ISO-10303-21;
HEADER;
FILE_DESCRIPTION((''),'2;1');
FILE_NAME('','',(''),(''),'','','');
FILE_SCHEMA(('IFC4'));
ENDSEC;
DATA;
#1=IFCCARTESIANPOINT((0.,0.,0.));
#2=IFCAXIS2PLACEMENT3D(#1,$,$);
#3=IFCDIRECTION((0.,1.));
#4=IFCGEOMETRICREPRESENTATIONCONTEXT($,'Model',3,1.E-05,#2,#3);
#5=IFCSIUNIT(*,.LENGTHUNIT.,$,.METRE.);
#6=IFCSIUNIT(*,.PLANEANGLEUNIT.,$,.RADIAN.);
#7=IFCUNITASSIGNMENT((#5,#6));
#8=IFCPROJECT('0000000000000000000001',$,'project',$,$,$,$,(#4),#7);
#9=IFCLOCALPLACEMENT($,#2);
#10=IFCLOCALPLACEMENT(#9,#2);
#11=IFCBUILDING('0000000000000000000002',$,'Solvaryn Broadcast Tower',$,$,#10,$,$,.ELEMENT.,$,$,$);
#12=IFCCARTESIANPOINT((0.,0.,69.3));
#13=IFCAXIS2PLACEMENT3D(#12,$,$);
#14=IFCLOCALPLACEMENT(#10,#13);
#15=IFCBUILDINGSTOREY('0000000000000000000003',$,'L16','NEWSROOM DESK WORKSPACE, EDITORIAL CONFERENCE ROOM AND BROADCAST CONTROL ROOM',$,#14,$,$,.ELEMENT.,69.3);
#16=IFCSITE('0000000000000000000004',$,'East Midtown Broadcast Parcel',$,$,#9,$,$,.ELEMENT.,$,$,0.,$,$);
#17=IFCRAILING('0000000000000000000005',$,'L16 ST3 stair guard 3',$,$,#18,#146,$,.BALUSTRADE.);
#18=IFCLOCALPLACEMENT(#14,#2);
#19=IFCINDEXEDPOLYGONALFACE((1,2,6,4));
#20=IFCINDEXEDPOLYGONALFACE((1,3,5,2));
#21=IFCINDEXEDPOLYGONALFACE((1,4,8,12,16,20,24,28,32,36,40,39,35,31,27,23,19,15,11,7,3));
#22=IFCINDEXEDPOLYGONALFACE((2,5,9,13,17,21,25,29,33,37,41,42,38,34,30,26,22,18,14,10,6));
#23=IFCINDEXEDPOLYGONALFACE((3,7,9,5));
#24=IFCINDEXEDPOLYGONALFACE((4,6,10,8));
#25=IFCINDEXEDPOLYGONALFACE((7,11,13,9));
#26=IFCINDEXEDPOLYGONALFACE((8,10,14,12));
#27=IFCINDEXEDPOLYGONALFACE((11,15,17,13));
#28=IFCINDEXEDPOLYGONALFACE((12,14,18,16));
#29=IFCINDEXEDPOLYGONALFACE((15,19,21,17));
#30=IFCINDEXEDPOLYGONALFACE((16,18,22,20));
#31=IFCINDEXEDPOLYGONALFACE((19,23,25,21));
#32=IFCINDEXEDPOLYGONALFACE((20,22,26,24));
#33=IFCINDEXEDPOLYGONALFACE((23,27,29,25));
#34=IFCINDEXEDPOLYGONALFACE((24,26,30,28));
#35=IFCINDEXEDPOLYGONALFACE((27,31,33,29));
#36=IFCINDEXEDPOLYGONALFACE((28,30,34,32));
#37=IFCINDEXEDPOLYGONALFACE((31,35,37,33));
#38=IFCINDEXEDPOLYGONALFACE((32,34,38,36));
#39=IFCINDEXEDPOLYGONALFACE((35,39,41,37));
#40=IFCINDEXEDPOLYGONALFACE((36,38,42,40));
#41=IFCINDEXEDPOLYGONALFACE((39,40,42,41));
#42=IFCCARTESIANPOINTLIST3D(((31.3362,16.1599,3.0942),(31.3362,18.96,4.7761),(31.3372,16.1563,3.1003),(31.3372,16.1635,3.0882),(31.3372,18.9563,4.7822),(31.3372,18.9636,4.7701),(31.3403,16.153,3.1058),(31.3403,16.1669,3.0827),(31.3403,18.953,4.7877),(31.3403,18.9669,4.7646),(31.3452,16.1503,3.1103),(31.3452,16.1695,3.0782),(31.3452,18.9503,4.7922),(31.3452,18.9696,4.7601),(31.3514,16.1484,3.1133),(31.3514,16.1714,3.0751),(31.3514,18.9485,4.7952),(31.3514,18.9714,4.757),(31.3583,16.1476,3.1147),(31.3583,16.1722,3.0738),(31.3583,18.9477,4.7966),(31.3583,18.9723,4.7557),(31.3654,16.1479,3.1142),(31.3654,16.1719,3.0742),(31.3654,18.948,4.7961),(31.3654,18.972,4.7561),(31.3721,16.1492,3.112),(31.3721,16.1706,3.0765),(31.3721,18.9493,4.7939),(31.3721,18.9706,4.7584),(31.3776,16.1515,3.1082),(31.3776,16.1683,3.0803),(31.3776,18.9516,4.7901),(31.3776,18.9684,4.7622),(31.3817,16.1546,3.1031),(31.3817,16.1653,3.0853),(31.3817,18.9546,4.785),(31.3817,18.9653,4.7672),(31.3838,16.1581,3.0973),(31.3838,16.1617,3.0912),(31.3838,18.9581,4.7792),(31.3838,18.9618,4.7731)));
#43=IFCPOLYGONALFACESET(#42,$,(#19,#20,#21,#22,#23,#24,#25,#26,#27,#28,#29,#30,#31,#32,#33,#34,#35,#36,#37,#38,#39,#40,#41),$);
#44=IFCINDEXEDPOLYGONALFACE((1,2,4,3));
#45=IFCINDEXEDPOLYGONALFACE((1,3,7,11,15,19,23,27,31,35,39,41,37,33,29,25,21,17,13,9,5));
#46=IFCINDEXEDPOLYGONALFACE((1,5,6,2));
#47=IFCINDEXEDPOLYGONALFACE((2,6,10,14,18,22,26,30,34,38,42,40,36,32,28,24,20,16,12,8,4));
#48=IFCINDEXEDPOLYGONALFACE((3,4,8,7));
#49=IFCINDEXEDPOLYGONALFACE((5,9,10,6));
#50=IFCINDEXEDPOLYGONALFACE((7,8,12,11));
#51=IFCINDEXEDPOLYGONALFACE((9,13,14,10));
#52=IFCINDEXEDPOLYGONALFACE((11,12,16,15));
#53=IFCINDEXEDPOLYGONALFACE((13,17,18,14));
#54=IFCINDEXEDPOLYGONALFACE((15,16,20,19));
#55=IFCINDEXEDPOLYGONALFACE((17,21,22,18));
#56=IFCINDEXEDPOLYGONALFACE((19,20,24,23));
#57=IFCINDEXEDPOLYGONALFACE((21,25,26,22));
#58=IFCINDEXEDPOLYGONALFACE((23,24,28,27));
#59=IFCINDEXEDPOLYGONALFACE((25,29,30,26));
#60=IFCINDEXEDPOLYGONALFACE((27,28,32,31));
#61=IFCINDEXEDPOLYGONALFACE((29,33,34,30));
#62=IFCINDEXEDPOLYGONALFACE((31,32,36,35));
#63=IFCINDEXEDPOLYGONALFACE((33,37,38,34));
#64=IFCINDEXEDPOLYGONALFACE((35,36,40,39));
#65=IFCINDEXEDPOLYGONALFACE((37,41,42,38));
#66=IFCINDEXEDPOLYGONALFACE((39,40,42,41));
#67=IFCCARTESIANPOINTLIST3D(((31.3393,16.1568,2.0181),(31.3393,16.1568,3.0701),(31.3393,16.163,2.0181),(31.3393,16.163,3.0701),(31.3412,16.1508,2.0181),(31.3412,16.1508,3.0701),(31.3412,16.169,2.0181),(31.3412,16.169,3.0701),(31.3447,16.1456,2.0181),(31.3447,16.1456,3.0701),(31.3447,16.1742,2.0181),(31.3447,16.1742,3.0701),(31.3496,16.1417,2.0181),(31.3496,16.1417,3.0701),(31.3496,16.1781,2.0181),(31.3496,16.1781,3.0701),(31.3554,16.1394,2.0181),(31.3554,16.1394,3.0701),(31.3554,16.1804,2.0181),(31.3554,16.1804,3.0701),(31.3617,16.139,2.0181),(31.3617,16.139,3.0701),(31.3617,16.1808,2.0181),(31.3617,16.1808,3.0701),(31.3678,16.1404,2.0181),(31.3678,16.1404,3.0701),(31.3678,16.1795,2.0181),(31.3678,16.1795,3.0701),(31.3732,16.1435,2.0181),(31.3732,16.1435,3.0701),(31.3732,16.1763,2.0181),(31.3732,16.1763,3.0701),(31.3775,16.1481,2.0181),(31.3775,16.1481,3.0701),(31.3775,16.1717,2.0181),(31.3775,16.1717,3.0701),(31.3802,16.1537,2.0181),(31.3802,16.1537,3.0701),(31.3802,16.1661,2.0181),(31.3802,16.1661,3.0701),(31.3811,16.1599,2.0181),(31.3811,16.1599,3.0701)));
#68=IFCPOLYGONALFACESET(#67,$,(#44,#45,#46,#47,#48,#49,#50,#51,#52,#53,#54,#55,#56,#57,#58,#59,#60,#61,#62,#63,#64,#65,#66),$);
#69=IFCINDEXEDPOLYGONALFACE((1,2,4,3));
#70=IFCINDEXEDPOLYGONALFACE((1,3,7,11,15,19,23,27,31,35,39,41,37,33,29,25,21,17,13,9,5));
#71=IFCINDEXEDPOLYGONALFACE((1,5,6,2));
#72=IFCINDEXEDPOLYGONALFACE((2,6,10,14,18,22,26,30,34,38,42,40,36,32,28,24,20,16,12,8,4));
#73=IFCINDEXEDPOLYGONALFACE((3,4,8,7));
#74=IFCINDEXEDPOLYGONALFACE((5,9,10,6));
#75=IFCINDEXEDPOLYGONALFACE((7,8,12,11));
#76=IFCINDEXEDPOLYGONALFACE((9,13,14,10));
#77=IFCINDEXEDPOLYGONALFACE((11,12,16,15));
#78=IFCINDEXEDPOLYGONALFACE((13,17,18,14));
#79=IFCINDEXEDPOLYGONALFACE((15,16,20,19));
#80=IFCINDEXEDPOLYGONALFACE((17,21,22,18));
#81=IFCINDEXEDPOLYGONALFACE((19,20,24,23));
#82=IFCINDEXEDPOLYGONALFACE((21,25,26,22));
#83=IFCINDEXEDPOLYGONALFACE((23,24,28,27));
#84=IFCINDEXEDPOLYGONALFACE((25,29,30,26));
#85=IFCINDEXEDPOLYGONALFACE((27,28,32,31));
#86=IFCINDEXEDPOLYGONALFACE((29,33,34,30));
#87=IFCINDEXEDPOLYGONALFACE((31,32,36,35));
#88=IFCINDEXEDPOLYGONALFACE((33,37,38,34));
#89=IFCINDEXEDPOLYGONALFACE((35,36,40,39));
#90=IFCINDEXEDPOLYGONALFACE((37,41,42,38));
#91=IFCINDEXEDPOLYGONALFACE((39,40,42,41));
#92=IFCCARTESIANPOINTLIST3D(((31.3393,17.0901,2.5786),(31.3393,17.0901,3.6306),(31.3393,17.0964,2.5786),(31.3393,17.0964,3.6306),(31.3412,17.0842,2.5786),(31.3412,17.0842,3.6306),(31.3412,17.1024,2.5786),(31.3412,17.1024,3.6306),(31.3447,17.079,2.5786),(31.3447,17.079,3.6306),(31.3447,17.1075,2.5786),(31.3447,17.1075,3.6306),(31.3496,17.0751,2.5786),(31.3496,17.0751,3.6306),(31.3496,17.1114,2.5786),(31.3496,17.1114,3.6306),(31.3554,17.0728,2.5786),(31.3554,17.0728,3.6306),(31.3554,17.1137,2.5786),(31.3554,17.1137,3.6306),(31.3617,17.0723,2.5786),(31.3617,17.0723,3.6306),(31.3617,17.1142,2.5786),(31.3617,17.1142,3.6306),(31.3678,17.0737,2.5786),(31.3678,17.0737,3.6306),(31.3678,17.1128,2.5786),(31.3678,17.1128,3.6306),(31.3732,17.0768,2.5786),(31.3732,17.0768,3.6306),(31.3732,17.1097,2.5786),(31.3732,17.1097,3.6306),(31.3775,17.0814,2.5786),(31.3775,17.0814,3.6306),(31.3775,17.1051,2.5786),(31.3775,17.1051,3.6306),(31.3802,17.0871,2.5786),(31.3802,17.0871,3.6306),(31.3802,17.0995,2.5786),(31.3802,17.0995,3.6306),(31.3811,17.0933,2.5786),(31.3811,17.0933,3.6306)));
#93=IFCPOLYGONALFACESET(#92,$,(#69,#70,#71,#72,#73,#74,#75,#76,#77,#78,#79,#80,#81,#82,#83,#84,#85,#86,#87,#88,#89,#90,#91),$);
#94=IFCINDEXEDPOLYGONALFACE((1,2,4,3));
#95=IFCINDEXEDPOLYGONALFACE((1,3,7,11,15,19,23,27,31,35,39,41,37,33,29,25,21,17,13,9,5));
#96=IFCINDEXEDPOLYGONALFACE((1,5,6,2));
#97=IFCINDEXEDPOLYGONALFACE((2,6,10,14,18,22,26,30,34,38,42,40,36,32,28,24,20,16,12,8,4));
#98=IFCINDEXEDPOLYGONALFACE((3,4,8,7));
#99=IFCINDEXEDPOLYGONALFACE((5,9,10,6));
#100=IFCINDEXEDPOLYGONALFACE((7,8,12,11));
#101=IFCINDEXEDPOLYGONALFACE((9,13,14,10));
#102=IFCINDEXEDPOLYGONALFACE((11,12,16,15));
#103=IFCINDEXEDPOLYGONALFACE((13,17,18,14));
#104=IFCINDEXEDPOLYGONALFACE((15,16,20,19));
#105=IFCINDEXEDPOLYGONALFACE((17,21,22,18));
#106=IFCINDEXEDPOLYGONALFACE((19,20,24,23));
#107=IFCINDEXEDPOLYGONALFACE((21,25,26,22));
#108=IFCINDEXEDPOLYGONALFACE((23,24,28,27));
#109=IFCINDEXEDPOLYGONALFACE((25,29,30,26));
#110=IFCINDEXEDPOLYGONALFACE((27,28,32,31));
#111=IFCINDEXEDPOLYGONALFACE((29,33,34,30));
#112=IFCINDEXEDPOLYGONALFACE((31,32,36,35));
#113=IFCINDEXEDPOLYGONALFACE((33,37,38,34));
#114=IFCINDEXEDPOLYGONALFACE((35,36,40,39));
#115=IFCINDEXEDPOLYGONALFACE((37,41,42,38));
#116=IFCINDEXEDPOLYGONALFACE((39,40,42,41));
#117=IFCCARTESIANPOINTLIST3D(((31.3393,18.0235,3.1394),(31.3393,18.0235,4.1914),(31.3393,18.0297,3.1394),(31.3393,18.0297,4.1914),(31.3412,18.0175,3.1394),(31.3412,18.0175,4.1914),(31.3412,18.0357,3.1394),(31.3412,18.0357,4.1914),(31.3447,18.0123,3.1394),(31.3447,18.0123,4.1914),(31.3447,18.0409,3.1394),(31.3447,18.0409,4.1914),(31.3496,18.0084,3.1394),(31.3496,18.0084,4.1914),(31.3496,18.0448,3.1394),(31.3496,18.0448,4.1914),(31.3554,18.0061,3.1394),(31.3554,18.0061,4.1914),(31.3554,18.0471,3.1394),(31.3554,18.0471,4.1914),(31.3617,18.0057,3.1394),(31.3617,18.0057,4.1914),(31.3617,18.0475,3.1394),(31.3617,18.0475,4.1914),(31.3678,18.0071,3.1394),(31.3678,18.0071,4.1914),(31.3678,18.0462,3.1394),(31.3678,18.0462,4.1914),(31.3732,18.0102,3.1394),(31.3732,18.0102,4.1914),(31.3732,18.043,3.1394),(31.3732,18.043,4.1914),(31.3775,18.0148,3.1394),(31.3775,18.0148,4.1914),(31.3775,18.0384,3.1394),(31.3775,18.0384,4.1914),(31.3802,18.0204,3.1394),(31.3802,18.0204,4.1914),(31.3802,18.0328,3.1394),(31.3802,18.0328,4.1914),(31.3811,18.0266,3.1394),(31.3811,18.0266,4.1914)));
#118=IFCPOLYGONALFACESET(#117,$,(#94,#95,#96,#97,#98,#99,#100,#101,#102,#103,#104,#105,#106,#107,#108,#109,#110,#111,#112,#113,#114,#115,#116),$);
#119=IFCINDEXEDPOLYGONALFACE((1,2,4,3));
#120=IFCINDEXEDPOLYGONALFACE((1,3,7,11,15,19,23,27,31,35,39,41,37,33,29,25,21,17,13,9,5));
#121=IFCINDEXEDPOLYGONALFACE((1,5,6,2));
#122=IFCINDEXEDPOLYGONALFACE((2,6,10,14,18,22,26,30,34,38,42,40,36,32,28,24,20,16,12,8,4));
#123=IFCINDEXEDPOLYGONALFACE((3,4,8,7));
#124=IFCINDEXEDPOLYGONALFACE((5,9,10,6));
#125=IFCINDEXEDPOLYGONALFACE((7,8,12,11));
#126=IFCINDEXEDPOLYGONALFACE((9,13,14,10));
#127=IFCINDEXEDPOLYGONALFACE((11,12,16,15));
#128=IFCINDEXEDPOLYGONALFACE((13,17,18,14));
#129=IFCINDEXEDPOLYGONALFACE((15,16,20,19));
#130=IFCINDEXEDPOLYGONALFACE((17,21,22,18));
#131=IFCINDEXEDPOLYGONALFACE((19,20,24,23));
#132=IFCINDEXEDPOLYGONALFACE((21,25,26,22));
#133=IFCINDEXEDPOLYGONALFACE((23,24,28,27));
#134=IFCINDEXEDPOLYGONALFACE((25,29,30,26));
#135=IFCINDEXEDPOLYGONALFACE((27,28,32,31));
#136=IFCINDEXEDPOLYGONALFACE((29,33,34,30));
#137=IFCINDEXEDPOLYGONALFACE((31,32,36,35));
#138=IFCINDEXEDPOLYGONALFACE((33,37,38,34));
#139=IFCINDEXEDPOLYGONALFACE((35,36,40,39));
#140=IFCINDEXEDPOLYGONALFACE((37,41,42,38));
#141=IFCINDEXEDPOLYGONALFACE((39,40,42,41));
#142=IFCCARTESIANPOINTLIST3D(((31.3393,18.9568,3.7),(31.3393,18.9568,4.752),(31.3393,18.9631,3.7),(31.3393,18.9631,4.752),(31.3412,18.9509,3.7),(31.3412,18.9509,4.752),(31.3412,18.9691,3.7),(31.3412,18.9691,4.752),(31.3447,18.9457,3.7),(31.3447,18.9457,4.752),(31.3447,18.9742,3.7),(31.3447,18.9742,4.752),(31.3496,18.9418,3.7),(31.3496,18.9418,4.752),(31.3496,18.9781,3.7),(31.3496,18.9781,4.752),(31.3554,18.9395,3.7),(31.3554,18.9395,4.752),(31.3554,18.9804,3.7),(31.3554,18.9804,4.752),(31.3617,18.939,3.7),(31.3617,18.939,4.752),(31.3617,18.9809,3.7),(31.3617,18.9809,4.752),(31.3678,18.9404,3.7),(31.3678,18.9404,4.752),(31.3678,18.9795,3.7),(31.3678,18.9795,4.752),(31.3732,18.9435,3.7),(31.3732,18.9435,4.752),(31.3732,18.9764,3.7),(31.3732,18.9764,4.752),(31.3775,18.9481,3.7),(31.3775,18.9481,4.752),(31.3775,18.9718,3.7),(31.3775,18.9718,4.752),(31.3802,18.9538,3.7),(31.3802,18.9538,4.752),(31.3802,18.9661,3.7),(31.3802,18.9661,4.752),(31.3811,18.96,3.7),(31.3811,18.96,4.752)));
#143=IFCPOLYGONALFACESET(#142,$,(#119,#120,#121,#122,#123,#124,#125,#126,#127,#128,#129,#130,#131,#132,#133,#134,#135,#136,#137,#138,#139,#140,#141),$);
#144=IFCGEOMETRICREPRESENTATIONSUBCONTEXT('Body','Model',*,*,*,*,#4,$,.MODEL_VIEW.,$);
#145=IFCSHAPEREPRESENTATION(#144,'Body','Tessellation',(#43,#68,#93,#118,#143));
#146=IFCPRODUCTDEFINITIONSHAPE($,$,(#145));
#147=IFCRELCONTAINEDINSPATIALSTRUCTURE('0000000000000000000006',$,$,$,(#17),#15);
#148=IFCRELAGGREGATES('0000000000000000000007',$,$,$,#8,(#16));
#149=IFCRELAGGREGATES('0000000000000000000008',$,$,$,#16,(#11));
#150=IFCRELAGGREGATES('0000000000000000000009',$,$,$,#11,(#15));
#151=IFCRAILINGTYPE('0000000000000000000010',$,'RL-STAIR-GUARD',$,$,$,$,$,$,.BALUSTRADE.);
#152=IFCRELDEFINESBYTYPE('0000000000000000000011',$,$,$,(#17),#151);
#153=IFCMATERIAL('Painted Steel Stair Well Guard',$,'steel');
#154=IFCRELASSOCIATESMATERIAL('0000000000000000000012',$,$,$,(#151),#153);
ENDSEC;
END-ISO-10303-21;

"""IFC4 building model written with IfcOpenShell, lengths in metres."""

from ifc_helpers import new_model, si_unit, direction, frame, origin, origin_2d, place, context, subcontext, project, spatial, circle, extrude, material, type_object, element, save


model = new_model("IFC4")

# Units and contexts
model_context = context("Model", 3, precision=1e-05, world=origin(), true_north=direction((0.0, 1.0)))
body_context = subcontext(model_context, "Body", "Model", "MODEL_VIEW")
ifc_project = project(units=[si_unit("LENGTHUNIT", "METRE"), si_unit("PLANEANGLEUNIT", "RADIAN")], contexts=[model_context])

# Site, building, storey
site_placement = place(None, origin())
site = spatial("IfcSite", under=ifc_project, at=site_placement, Name="East Midtown Broadcast Parcel", CompositionType="ELEMENT", RefElevation=0.0)
building_placement = place(site_placement, origin())
building = spatial("IfcBuilding", under=site, at=building_placement, Name="Solvaryn Broadcast Tower", CompositionType="ELEMENT")
storey_placement = place(building_placement, frame((0.0, 0.0, 69.3)))
storey = spatial("IfcBuildingStorey", under=building, at=storey_placement, Name="L16", Description="NEWSROOM DESK WORKSPACE, EDITORIAL CONFERENCE ROOM AND BROADCAST CONTROL ROOM", CompositionType="ELEMENT", Elevation=69.3)

# Railing
ifc_material_1 = material(Name="Painted Steel Stair Well Guard", Category="steel")
railing_type_1 = type_object("IfcRailingType", Name="RL-STAIR-GUARD", PredefinedType="BALUSTRADE", material=ifc_material_1)
railing_1_placement = place(storey_placement, frame((31.3601, 16.1599, 2.0181)))
element("IfcRailing", 1, at=railing_1_placement, inside=storey, type_object=railing_type_1, Name="L16 ST3 stair guard 3", PredefinedType="BALUSTRADE", context=body_context, shape_type="SweptSolid", body=[
    extrude(circle(Radius=0.0239, at=origin_2d()), frame((0.0, 0.0, 1.0762), z_axis=(0.0, 0.857242, 0.514913), x_axis=(-1.0, 0.0, 0.0)), (0.0, 0.0, 1.0), 3.2664),
    extrude(circle(Radius=0.021, at=origin_2d()), origin(), (0.0, 0.0, 1.0), 1.052),
    extrude(circle(Radius=0.021, at=origin_2d()), frame((0.0, 0.9333, 0.5605)), (0.0, 0.0, 1.0), 1.052),
    extrude(circle(Radius=0.021, at=origin_2d()), frame((0.0, 1.8667, 1.1213)), (0.0, 0.0, 1.0), 1.052),
    extrude(circle(Radius=0.021, at=origin_2d()), frame((0.0, 2.8, 1.6819)), (0.0, 0.0, 1.0), 1.052),
])

save(model, "model.ifc")
